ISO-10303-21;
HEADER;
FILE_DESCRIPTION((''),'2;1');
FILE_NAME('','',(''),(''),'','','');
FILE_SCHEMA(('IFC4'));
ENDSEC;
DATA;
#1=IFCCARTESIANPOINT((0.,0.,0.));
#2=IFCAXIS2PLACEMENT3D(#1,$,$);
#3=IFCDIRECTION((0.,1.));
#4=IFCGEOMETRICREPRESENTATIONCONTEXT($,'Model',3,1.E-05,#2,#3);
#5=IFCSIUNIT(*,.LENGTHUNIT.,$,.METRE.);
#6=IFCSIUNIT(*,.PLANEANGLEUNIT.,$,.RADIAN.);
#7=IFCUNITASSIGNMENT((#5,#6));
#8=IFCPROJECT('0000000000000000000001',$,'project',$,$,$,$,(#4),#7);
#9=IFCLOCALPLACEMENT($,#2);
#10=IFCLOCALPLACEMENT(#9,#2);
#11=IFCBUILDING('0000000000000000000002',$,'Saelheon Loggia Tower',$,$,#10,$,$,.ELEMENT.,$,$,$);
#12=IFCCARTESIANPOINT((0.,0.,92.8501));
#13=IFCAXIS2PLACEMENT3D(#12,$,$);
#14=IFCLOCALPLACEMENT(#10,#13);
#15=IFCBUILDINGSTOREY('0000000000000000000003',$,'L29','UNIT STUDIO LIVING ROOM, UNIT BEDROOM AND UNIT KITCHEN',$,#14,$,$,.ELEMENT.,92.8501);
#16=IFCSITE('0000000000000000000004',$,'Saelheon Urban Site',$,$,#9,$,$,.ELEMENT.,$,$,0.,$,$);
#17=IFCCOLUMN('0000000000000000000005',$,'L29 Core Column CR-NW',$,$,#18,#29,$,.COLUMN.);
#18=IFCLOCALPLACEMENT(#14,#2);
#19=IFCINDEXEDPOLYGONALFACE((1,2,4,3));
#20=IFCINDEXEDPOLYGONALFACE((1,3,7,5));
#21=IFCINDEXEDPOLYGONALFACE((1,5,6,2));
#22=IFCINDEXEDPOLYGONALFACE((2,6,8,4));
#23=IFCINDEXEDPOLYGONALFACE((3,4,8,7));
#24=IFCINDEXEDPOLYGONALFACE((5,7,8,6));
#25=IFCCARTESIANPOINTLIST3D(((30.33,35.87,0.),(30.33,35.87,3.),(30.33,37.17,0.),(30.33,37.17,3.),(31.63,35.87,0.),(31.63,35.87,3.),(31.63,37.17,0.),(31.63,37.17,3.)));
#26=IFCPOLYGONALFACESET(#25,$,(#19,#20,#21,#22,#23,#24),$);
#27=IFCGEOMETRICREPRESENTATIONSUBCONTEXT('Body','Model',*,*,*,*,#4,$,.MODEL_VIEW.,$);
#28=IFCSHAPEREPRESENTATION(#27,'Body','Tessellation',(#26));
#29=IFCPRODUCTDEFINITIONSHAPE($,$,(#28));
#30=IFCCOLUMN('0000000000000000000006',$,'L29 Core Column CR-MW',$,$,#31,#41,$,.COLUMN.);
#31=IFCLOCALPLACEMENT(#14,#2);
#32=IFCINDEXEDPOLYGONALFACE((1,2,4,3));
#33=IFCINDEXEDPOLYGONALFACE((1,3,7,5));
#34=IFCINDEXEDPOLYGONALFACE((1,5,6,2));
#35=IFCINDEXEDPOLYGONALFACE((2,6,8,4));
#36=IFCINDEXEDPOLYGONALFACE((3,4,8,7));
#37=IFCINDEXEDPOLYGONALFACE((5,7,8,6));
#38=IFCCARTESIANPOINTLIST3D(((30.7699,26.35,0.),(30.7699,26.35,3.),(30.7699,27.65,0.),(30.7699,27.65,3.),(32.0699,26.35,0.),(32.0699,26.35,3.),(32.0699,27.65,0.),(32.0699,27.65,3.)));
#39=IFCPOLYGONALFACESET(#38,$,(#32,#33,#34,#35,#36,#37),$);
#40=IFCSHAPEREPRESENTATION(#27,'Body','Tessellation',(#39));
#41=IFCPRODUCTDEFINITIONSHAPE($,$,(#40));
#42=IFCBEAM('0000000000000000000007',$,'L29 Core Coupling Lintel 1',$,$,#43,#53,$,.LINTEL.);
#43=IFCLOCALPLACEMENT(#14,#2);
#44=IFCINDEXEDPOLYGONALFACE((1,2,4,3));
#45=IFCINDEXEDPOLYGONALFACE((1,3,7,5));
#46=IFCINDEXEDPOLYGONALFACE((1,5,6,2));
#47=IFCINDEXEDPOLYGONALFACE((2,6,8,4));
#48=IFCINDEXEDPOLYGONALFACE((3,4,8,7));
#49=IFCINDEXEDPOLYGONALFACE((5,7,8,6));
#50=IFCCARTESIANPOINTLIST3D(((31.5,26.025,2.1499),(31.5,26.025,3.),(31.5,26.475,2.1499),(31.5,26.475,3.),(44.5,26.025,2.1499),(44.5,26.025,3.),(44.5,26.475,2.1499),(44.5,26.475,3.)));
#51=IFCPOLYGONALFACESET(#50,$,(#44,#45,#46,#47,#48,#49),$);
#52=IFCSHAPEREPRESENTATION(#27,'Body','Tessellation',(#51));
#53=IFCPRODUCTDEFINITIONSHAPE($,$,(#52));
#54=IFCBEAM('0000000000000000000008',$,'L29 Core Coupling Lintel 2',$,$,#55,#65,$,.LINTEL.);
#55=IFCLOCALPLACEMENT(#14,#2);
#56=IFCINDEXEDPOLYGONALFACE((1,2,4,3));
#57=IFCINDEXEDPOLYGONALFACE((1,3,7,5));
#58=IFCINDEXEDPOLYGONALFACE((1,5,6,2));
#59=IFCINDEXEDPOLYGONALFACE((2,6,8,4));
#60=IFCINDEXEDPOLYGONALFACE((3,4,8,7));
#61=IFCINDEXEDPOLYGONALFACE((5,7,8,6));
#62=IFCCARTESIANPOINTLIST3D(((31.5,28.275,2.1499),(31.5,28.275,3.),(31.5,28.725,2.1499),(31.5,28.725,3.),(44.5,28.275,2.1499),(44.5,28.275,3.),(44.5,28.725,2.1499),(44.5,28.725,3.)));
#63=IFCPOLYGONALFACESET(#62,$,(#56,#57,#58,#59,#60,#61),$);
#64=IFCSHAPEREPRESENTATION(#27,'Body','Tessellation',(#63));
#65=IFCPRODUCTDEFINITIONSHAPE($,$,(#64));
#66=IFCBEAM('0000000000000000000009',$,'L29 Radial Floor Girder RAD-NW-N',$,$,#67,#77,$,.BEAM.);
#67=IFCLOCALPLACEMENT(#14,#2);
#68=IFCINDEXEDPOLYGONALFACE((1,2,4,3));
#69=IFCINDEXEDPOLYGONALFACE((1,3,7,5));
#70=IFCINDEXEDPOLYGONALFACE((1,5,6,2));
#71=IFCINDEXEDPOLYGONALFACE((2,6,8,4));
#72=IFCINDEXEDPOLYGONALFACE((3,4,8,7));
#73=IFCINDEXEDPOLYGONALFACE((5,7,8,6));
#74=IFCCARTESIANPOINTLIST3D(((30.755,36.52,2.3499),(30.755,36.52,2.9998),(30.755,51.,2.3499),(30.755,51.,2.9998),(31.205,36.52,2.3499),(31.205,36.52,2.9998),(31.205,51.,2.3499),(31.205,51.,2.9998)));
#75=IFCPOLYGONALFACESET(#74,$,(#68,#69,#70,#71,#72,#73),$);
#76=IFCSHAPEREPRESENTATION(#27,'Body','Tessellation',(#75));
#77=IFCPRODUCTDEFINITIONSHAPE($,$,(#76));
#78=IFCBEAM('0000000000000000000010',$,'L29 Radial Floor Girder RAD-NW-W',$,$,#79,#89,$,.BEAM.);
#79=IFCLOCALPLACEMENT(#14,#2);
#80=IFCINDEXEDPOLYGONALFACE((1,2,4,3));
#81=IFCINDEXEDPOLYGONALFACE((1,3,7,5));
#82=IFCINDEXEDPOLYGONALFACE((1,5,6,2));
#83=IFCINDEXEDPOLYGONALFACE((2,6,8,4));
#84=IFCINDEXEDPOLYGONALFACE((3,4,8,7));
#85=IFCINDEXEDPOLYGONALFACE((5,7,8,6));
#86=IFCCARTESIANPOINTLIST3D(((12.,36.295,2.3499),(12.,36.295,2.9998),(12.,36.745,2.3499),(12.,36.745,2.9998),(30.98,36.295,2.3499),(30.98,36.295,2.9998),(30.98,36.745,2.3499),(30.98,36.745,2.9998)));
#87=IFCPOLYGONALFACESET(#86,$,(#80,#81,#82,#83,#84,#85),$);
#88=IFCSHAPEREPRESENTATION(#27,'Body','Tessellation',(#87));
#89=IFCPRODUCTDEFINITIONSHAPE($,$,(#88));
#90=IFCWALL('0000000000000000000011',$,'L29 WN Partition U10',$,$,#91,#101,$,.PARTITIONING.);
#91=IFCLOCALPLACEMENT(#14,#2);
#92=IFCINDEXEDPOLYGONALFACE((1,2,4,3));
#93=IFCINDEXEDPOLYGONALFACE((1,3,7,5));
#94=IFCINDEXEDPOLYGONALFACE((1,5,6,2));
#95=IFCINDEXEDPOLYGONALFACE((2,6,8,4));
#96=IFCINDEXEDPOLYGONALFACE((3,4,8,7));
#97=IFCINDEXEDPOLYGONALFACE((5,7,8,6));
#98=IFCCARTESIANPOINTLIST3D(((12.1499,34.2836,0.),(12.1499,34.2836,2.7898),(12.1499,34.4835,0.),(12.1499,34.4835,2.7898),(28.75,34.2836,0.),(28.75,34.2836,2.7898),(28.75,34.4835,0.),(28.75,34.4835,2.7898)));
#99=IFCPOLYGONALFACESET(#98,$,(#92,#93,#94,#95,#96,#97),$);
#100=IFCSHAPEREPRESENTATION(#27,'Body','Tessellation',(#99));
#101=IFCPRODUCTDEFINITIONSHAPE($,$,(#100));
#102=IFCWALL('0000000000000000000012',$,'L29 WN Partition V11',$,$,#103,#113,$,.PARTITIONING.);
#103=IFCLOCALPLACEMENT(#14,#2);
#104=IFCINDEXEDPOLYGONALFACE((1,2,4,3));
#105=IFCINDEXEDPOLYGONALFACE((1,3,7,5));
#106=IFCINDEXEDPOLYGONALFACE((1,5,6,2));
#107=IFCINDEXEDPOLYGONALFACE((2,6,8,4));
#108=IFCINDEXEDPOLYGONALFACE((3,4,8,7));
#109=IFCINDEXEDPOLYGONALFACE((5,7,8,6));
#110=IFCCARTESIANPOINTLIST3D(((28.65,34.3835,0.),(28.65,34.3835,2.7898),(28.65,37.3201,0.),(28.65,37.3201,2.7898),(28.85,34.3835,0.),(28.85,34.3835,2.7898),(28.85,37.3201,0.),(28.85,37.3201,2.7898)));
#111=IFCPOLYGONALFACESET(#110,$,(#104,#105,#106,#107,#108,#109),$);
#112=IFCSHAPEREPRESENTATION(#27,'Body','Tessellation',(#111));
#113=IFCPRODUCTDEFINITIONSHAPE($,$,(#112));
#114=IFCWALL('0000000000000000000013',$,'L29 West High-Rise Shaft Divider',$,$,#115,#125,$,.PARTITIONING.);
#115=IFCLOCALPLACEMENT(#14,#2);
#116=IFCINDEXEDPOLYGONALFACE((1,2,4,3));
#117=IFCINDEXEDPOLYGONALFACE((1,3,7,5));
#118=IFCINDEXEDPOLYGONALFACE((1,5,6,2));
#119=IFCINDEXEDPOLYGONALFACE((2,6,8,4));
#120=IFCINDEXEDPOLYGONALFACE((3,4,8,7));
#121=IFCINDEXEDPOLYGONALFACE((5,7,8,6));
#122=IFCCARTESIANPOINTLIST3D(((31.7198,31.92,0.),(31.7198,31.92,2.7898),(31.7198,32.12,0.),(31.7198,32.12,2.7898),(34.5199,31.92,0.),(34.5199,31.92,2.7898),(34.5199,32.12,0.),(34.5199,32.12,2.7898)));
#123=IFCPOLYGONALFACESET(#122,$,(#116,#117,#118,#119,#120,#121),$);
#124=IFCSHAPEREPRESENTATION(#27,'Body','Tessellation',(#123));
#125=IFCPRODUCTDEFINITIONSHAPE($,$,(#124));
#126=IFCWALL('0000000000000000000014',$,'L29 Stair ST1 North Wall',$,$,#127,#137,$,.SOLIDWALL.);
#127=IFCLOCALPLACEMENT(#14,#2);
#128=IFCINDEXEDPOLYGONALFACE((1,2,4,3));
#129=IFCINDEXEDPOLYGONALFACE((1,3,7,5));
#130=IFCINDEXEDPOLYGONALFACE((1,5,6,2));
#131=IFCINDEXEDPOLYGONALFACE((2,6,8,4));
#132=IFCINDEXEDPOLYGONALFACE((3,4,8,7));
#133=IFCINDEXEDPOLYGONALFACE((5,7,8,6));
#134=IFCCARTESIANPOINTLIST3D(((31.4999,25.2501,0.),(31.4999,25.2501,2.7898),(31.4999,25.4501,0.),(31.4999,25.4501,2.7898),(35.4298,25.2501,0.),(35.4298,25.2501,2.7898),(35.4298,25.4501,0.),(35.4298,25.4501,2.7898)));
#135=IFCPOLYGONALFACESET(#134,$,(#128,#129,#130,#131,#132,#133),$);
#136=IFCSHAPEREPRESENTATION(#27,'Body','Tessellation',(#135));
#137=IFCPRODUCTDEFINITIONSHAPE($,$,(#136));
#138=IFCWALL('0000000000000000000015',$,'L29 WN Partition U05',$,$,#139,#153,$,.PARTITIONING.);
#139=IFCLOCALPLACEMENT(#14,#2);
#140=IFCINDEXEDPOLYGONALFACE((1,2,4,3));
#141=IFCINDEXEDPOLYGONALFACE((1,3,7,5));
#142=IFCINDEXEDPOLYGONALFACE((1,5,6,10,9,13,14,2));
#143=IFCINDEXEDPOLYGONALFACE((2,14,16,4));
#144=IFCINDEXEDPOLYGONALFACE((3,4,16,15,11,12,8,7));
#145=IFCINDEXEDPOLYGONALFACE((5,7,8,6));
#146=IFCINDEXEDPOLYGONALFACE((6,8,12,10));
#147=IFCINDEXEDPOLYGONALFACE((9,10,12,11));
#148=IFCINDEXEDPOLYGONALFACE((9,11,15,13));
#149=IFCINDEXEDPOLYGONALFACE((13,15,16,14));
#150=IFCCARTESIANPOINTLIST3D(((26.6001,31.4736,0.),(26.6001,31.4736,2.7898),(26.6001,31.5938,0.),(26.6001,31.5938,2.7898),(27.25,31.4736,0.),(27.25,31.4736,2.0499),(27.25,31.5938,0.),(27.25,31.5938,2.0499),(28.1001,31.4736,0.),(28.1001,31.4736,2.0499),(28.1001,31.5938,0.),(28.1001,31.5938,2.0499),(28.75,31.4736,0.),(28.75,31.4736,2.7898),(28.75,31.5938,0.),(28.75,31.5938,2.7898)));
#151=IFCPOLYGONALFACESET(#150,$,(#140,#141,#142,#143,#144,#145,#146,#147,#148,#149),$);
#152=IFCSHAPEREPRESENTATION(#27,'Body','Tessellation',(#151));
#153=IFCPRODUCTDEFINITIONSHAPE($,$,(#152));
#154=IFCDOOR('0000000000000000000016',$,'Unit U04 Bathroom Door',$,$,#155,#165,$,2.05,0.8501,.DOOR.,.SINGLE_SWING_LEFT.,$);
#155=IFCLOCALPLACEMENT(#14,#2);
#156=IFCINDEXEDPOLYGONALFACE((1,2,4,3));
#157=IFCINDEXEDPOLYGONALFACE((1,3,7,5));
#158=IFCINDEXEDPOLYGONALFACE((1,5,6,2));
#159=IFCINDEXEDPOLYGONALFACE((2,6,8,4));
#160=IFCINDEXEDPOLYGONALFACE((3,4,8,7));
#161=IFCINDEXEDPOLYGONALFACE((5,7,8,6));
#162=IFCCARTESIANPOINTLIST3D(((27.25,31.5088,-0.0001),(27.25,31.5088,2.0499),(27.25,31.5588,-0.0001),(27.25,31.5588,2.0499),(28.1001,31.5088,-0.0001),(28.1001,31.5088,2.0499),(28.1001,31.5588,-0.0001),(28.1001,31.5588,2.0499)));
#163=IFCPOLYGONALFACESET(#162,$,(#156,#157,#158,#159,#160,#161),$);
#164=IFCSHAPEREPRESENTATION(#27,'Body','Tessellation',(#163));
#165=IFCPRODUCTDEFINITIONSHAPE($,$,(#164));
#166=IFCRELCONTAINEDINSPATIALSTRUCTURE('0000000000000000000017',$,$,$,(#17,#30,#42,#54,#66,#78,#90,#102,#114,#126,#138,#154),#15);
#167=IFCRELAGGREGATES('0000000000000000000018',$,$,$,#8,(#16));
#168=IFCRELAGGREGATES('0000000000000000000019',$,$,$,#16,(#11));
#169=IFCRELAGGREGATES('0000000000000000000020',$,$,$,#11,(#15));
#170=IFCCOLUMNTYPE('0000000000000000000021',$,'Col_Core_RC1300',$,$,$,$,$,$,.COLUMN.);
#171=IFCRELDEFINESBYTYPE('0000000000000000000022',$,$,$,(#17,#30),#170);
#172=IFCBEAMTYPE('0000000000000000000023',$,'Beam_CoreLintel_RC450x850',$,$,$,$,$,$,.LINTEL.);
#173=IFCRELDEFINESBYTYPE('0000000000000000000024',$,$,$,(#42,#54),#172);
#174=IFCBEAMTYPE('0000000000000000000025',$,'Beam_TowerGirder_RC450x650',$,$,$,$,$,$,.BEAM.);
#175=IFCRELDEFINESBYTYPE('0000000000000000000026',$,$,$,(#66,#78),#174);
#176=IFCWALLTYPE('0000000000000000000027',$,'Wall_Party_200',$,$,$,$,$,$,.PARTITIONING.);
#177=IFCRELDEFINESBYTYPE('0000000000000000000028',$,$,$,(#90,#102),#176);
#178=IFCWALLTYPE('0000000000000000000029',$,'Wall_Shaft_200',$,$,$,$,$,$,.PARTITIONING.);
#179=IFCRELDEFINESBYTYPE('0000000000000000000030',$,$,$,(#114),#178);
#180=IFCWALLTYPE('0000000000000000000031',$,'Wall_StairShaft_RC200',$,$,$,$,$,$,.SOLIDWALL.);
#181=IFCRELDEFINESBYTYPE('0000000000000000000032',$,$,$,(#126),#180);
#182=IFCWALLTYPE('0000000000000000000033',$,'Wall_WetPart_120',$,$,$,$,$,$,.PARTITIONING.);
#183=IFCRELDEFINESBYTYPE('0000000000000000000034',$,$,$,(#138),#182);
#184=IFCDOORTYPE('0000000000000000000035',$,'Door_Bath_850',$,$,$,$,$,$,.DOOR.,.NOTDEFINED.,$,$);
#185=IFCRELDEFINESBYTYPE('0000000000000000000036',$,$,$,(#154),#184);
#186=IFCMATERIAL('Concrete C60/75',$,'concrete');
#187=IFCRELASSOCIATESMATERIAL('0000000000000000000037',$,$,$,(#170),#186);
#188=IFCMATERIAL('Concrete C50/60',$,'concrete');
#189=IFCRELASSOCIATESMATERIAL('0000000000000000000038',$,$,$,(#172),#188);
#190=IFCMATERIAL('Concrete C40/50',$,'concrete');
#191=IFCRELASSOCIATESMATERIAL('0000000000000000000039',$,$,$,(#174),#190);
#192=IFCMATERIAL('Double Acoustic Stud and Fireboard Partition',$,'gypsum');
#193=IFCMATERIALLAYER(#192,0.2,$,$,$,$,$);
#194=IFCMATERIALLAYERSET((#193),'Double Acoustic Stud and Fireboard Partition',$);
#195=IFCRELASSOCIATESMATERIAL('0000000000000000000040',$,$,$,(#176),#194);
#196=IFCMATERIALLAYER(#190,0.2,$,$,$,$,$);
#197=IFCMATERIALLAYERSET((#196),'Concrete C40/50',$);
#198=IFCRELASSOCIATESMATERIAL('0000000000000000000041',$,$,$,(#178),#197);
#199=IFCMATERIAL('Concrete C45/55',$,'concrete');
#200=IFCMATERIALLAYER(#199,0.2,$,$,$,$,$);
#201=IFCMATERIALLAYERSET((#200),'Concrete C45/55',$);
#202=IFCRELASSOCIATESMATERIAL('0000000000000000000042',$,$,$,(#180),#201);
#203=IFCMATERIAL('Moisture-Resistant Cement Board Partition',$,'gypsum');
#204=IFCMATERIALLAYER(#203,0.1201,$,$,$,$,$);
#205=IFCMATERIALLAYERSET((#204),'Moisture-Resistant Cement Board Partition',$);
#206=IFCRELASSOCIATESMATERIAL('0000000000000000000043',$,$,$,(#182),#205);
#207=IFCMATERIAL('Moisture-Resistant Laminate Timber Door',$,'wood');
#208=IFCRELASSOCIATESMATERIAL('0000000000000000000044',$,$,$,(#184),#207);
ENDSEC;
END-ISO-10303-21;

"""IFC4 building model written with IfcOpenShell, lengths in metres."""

from ifc_helpers import new_model, si_unit, direction, frame, frame_2d, origin, origin_2d, place, context, subcontext, project, spatial, rectangle, extrude, source, transform, mapped, material, layer, layer_set, material_profile, profile_set, type_object, element, fill, save


model = new_model("IFC4")

# Units and contexts
model_context = context("Model", 3, precision=1e-05, world=origin(), true_north=direction((0.0, 1.0)))
body_context = subcontext(model_context, "Body", "Model", "MODEL_VIEW")
ifc_project = project(units=[si_unit("LENGTHUNIT", "METRE"), si_unit("PLANEANGLEUNIT", "RADIAN")], contexts=[model_context])

# Site, building, storey
site_placement = place(None, origin())
site = spatial("IfcSite", under=ifc_project, at=site_placement, Name="Saelheon Urban Site", CompositionType="ELEMENT", RefElevation=0.0)
building_placement = place(site_placement, origin())
building = spatial("IfcBuilding", under=site, at=building_placement, Name="Saelheon Loggia Tower", CompositionType="ELEMENT")
storey_placement = place(building_placement, frame((0.0, 0.0, 92.8501)))
storey = spatial("IfcBuildingStorey", under=building, at=storey_placement, Name="L29", Description="UNIT STUDIO LIVING ROOM, UNIT BEDROOM AND UNIT KITCHEN", CompositionType="ELEMENT", Elevation=92.8501)

# Columns
ifc_material_1 = material(Name="Concrete C60/75", Category="concrete")
ifc_material_profile_1 = material_profile(ifc_material_1, rectangle(XDim=1.3, YDim=1.3, at=origin_2d()), Name="RC-1300x1300")
ifc_profile_set_1 = profile_set([ifc_material_profile_1], Name="Concrete C60/75")
column_type = type_object("IfcColumnType", Name="Col_Core_RC1300", PredefinedType="COLUMN", material=ifc_profile_set_1)
shared_shape_1 = source(origin(), body_context, "Body", "SweptSolid", [
    extrude(rectangle(XDim=1.3, YDim=1.3, at=origin_2d()), origin(), (0.0, 0.0, 1.0), 3.0),
])
for number, where, z_axis, x_axis, name in (
    (1, (30.98, 36.52, 0.0), (0.0, 0.0, 1.0), (1.0, 0.0, 0.0), "L29 Core Column CR-NW"),
    (2, (31.4199, 27.0, 0.0), (0.0, 0.0, 1.0), (1.0, 0.0, 0.0), "L29 Core Column CR-MW"),
):
    element("IfcColumn", number, at=place(storey_placement, frame(where, z_axis=z_axis, x_axis=x_axis)), inside=storey, type_object=column_type, Name=name, PredefinedType="COLUMN", context=body_context, shape_type="MappedRepresentation", body=[
        mapped(shared_shape_1, transform((0.0, 0.0, 0.0), scale=1.0)),
    ])

# Beams
ifc_material_2 = material(Name="Concrete C50/60", Category="concrete")
ifc_material_profile_2 = material_profile(ifc_material_2, rectangle(XDim=0.45, YDim=0.8501, at=origin_2d()), Name="RC-450x850")
ifc_profile_set_2 = profile_set([ifc_material_profile_2], Name="Concrete C50/60")
beam_type_1 = type_object("IfcBeamType", Name="Beam_CoreLintel_RC450x850", PredefinedType="LINTEL", material=ifc_profile_set_2)
shared_shape_2 = source(origin(), body_context, "Body", "SweptSolid", [
    extrude(rectangle(XDim=0.45, YDim=0.8501, at=origin_2d()), origin(), (0.0, 0.0, 1.0), 13.0),
])
for number, where, z_axis, x_axis, name in (
    (3, (31.5, 26.25, 2.575), (1.0, 0.0, 0.0), (0.0, 1.0, 0.0), "L29 Core Coupling Lintel 1"),
    (4, (31.5, 28.5, 2.575), (1.0, 0.0, 0.0), (0.0, 1.0, 0.0), "L29 Core Coupling Lintel 2"),
):
    element("IfcBeam", number, at=place(storey_placement, frame(where, z_axis=z_axis, x_axis=x_axis)), inside=storey, type_object=beam_type_1, Name=name, PredefinedType="LINTEL", context=body_context, shape_type="MappedRepresentation", body=[
        mapped(shared_shape_2, transform((0.0, 0.0, 0.0), scale=1.0)),
    ])
ifc_material_3 = material(Name="Concrete C40/50", Category="concrete")
ifc_material_profile_3 = material_profile(ifc_material_3, rectangle(XDim=0.45, YDim=0.6499, at=origin_2d()), Name="RC-450x650")
ifc_profile_set_3 = profile_set([ifc_material_profile_3], Name="Concrete C40/50")
beam_type_2 = type_object("IfcBeamType", Name="Beam_TowerGirder_RC450x650", PredefinedType="BEAM", material=ifc_profile_set_3)
shared_shape_3 = source(origin(), body_context, "Body", "SweptSolid", [
    extrude(rectangle(XDim=0.45, YDim=0.6499, at=origin_2d()), origin(), (0.0, 0.0, 1.0), 14.48),
])
beam_1_placement = place(storey_placement, frame((30.98, 36.52, 2.6748), z_axis=(0.0, 1.0, 0.0), x_axis=(-1.0, 0.0, 0.0)))
element("IfcBeam", 5, at=beam_1_placement, inside=storey, type_object=beam_type_2, Name="L29 Radial Floor Girder RAD-NW-N", PredefinedType="BEAM", context=body_context, shape_type="MappedRepresentation", body=[
    mapped(shared_shape_3, transform((0.0, 0.0, 0.0), scale=1.0)),
])
shared_shape_4 = source(origin(), body_context, "Body", "SweptSolid", [
    extrude(rectangle(XDim=0.45, YDim=0.6499, at=origin_2d()), origin(), (0.0, 0.0, 1.0), 18.98),
])
beam_2_placement = place(storey_placement, frame((30.98, 36.52, 2.6748), z_axis=(-1.0, 0.0, 0.0), x_axis=(0.0, -1.0, 0.0)))
element("IfcBeam", 6, at=beam_2_placement, inside=storey, type_object=beam_type_2, Name="L29 Radial Floor Girder RAD-NW-W", PredefinedType="BEAM", context=body_context, shape_type="MappedRepresentation", body=[
    mapped(shared_shape_4, transform((0.0, 0.0, 0.0), scale=1.0)),
])

# Walls
ifc_material_4 = material(Name="Double Acoustic Stud and Fireboard Partition", Category="gypsum")
ifc_layer_1 = layer(ifc_material_4, 0.2)
ifc_layer_set_1 = layer_set([ifc_layer_1], Name="Double Acoustic Stud and Fireboard Partition")
wall_type_1 = type_object("IfcWallType", Name="Wall_Party_200", PredefinedType="PARTITIONING", material=ifc_layer_set_1)
wall_1_placement = place(storey_placement, frame((28.75, 34.3835, 0.0), z_axis=(0.0, 0.0, 1.0), x_axis=(-1.0, 0.0, 0.0)))
element("IfcWall", 7, at=wall_1_placement, inside=storey, type_object=wall_type_1, Name="L29 WN Partition U10", PredefinedType="PARTITIONING", context=body_context, shape_type="SweptSolid", body=[
    extrude(rectangle(XDim=16.6001, YDim=0.2, at=frame_2d((8.3, 0.0))), origin(), (0.0, 0.0, 1.0), 2.7898),
])
wall_2_placement = place(storey_placement, frame((28.75, 34.3835, 0.0), z_axis=(0.0, 0.0, 1.0), x_axis=(0.0, 1.0, 0.0)))
element("IfcWall", 8, at=wall_2_placement, inside=storey, type_object=wall_type_1, Name="L29 WN Partition V11", PredefinedType="PARTITIONING", context=body_context, shape_type="SweptSolid", body=[
    extrude(rectangle(XDim=2.9365, YDim=0.2, at=frame_2d((1.4683, 0.0))), origin(), (0.0, 0.0, 1.0), 2.7898),
])
ifc_layer_2 = layer(ifc_material_3, 0.2)
ifc_layer_set_2 = layer_set([ifc_layer_2], Name="Concrete C40/50")
wall_type_2 = type_object("IfcWallType", Name="Wall_Shaft_200", PredefinedType="PARTITIONING", material=ifc_layer_set_2)
wall_3_placement = place(storey_placement, frame((31.72, 32.02, 0.0), z_axis=(0.0, 0.0, 1.0), x_axis=(1.0, 0.0, 0.0)))
element("IfcWall", 9, at=wall_3_placement, inside=storey, type_object=wall_type_2, Name="L29 West High-Rise Shaft Divider", PredefinedType="PARTITIONING", context=body_context, shape_type="SweptSolid", body=[
    extrude(rectangle(XDim=2.8, YDim=0.2, at=frame_2d((1.3999, 0.0))), origin(), (0.0, 0.0, 1.0), 2.7898),
])
ifc_material_5 = material(Name="Concrete C45/55", Category="concrete")
ifc_layer_3 = layer(ifc_material_5, 0.2)
ifc_layer_set_3 = layer_set([ifc_layer_3], Name="Concrete C45/55")
wall_type_3 = type_object("IfcWallType", Name="Wall_StairShaft_RC200", PredefinedType="SOLIDWALL", material=ifc_layer_set_3)
wall_4_placement = place(storey_placement, frame((31.5, 25.3501, 0.0), z_axis=(0.0, 0.0, 1.0), x_axis=(1.0, 0.0, 0.0)))
element("IfcWall", 10, at=wall_4_placement, inside=storey, type_object=wall_type_3, Name="L29 Stair ST1 North Wall", PredefinedType="SOLIDWALL", context=body_context, shape_type="SweptSolid", body=[
    extrude(rectangle(XDim=3.9299, YDim=0.2, at=frame_2d((1.9648, 0.0))), origin(), (0.0, 0.0, 1.0), 2.7898),
])

# Wall, opening, door
ifc_material_6 = material(Name="Moisture-Resistant Cement Board Partition", Category="gypsum")
ifc_layer_4 = layer(ifc_material_6, 0.1201)
ifc_layer_set_4 = layer_set([ifc_layer_4], Name="Moisture-Resistant Cement Board Partition")
wall_type_4 = type_object("IfcWallType", Name="Wall_WetPart_120", PredefinedType="PARTITIONING", material=ifc_layer_set_4)
wall_5_placement = place(storey_placement, frame((28.75, 31.5337, 0.0), z_axis=(0.0, 0.0, 1.0), x_axis=(-1.0, 0.0, 0.0)))
wall_5 = element("IfcWall", 11, at=wall_5_placement, inside=storey, type_object=wall_type_4, Name="L29 WN Partition U05", PredefinedType="PARTITIONING", context=body_context, shape_type="SweptSolid", body=[
    extrude(rectangle(XDim=2.1499, YDim=0.1201, at=frame_2d((1.075, 0.0))), origin(), (0.0, 0.0, 1.0), 2.7898),
])
opening_1_placement = place(wall_5_placement, frame((0.6499, 0.0, 0.0)))
opening_1 = element("IfcOpeningElement", 12, at=opening_1_placement, cuts=wall_5, PredefinedType="OPENING", context=body_context, shape_type="SweptSolid", body=[
    extrude(rectangle(XDim=0.8501, YDim=2.05, at=frame_2d((0.425, 1.0249))), frame((0.0, 0.072, 0.0), z_axis=(0.0, -1.0, 0.0), x_axis=(1.0, 0.0, 0.0)), (0.0, 0.0, 1.0), 0.144),
])
ifc_material_7 = material(Name="Moisture-Resistant Laminate Timber Door", Category="wood")
door_type_1 = type_object("IfcDoorType", Name="Door_Bath_850", OperationType="NOTDEFINED", PredefinedType="DOOR", material=ifc_material_7)
shared_shape_5 = source(origin(), body_context, "Body", "SweptSolid", [
    extrude(rectangle(XDim=0.8501, YDim=2.05, at=frame_2d((0.425, 1.0249))), frame((0.0, 0.0249, 0.0), z_axis=(0.0, -1.0, 0.0), x_axis=(1.0, 0.0, 0.0)), (0.0, 0.0, 1.0), 0.05),
])
door_1_placement = place(opening_1_placement, origin())
door_1 = element("IfcDoor", 13, at=door_1_placement, inside=storey, type_object=door_type_1, Name="Unit U04 Bathroom Door", OperationType="SINGLE_SWING_LEFT", OverallHeight=2.05, OverallWidth=0.8501, PredefinedType="DOOR", context=body_context, shape_type="MappedRepresentation", body=[
    mapped(shared_shape_5, transform((0.0, 0.0, 0.0), scale=1.0)),
])
fill(opening_1, door_1)

save(model, "model.ifc")
